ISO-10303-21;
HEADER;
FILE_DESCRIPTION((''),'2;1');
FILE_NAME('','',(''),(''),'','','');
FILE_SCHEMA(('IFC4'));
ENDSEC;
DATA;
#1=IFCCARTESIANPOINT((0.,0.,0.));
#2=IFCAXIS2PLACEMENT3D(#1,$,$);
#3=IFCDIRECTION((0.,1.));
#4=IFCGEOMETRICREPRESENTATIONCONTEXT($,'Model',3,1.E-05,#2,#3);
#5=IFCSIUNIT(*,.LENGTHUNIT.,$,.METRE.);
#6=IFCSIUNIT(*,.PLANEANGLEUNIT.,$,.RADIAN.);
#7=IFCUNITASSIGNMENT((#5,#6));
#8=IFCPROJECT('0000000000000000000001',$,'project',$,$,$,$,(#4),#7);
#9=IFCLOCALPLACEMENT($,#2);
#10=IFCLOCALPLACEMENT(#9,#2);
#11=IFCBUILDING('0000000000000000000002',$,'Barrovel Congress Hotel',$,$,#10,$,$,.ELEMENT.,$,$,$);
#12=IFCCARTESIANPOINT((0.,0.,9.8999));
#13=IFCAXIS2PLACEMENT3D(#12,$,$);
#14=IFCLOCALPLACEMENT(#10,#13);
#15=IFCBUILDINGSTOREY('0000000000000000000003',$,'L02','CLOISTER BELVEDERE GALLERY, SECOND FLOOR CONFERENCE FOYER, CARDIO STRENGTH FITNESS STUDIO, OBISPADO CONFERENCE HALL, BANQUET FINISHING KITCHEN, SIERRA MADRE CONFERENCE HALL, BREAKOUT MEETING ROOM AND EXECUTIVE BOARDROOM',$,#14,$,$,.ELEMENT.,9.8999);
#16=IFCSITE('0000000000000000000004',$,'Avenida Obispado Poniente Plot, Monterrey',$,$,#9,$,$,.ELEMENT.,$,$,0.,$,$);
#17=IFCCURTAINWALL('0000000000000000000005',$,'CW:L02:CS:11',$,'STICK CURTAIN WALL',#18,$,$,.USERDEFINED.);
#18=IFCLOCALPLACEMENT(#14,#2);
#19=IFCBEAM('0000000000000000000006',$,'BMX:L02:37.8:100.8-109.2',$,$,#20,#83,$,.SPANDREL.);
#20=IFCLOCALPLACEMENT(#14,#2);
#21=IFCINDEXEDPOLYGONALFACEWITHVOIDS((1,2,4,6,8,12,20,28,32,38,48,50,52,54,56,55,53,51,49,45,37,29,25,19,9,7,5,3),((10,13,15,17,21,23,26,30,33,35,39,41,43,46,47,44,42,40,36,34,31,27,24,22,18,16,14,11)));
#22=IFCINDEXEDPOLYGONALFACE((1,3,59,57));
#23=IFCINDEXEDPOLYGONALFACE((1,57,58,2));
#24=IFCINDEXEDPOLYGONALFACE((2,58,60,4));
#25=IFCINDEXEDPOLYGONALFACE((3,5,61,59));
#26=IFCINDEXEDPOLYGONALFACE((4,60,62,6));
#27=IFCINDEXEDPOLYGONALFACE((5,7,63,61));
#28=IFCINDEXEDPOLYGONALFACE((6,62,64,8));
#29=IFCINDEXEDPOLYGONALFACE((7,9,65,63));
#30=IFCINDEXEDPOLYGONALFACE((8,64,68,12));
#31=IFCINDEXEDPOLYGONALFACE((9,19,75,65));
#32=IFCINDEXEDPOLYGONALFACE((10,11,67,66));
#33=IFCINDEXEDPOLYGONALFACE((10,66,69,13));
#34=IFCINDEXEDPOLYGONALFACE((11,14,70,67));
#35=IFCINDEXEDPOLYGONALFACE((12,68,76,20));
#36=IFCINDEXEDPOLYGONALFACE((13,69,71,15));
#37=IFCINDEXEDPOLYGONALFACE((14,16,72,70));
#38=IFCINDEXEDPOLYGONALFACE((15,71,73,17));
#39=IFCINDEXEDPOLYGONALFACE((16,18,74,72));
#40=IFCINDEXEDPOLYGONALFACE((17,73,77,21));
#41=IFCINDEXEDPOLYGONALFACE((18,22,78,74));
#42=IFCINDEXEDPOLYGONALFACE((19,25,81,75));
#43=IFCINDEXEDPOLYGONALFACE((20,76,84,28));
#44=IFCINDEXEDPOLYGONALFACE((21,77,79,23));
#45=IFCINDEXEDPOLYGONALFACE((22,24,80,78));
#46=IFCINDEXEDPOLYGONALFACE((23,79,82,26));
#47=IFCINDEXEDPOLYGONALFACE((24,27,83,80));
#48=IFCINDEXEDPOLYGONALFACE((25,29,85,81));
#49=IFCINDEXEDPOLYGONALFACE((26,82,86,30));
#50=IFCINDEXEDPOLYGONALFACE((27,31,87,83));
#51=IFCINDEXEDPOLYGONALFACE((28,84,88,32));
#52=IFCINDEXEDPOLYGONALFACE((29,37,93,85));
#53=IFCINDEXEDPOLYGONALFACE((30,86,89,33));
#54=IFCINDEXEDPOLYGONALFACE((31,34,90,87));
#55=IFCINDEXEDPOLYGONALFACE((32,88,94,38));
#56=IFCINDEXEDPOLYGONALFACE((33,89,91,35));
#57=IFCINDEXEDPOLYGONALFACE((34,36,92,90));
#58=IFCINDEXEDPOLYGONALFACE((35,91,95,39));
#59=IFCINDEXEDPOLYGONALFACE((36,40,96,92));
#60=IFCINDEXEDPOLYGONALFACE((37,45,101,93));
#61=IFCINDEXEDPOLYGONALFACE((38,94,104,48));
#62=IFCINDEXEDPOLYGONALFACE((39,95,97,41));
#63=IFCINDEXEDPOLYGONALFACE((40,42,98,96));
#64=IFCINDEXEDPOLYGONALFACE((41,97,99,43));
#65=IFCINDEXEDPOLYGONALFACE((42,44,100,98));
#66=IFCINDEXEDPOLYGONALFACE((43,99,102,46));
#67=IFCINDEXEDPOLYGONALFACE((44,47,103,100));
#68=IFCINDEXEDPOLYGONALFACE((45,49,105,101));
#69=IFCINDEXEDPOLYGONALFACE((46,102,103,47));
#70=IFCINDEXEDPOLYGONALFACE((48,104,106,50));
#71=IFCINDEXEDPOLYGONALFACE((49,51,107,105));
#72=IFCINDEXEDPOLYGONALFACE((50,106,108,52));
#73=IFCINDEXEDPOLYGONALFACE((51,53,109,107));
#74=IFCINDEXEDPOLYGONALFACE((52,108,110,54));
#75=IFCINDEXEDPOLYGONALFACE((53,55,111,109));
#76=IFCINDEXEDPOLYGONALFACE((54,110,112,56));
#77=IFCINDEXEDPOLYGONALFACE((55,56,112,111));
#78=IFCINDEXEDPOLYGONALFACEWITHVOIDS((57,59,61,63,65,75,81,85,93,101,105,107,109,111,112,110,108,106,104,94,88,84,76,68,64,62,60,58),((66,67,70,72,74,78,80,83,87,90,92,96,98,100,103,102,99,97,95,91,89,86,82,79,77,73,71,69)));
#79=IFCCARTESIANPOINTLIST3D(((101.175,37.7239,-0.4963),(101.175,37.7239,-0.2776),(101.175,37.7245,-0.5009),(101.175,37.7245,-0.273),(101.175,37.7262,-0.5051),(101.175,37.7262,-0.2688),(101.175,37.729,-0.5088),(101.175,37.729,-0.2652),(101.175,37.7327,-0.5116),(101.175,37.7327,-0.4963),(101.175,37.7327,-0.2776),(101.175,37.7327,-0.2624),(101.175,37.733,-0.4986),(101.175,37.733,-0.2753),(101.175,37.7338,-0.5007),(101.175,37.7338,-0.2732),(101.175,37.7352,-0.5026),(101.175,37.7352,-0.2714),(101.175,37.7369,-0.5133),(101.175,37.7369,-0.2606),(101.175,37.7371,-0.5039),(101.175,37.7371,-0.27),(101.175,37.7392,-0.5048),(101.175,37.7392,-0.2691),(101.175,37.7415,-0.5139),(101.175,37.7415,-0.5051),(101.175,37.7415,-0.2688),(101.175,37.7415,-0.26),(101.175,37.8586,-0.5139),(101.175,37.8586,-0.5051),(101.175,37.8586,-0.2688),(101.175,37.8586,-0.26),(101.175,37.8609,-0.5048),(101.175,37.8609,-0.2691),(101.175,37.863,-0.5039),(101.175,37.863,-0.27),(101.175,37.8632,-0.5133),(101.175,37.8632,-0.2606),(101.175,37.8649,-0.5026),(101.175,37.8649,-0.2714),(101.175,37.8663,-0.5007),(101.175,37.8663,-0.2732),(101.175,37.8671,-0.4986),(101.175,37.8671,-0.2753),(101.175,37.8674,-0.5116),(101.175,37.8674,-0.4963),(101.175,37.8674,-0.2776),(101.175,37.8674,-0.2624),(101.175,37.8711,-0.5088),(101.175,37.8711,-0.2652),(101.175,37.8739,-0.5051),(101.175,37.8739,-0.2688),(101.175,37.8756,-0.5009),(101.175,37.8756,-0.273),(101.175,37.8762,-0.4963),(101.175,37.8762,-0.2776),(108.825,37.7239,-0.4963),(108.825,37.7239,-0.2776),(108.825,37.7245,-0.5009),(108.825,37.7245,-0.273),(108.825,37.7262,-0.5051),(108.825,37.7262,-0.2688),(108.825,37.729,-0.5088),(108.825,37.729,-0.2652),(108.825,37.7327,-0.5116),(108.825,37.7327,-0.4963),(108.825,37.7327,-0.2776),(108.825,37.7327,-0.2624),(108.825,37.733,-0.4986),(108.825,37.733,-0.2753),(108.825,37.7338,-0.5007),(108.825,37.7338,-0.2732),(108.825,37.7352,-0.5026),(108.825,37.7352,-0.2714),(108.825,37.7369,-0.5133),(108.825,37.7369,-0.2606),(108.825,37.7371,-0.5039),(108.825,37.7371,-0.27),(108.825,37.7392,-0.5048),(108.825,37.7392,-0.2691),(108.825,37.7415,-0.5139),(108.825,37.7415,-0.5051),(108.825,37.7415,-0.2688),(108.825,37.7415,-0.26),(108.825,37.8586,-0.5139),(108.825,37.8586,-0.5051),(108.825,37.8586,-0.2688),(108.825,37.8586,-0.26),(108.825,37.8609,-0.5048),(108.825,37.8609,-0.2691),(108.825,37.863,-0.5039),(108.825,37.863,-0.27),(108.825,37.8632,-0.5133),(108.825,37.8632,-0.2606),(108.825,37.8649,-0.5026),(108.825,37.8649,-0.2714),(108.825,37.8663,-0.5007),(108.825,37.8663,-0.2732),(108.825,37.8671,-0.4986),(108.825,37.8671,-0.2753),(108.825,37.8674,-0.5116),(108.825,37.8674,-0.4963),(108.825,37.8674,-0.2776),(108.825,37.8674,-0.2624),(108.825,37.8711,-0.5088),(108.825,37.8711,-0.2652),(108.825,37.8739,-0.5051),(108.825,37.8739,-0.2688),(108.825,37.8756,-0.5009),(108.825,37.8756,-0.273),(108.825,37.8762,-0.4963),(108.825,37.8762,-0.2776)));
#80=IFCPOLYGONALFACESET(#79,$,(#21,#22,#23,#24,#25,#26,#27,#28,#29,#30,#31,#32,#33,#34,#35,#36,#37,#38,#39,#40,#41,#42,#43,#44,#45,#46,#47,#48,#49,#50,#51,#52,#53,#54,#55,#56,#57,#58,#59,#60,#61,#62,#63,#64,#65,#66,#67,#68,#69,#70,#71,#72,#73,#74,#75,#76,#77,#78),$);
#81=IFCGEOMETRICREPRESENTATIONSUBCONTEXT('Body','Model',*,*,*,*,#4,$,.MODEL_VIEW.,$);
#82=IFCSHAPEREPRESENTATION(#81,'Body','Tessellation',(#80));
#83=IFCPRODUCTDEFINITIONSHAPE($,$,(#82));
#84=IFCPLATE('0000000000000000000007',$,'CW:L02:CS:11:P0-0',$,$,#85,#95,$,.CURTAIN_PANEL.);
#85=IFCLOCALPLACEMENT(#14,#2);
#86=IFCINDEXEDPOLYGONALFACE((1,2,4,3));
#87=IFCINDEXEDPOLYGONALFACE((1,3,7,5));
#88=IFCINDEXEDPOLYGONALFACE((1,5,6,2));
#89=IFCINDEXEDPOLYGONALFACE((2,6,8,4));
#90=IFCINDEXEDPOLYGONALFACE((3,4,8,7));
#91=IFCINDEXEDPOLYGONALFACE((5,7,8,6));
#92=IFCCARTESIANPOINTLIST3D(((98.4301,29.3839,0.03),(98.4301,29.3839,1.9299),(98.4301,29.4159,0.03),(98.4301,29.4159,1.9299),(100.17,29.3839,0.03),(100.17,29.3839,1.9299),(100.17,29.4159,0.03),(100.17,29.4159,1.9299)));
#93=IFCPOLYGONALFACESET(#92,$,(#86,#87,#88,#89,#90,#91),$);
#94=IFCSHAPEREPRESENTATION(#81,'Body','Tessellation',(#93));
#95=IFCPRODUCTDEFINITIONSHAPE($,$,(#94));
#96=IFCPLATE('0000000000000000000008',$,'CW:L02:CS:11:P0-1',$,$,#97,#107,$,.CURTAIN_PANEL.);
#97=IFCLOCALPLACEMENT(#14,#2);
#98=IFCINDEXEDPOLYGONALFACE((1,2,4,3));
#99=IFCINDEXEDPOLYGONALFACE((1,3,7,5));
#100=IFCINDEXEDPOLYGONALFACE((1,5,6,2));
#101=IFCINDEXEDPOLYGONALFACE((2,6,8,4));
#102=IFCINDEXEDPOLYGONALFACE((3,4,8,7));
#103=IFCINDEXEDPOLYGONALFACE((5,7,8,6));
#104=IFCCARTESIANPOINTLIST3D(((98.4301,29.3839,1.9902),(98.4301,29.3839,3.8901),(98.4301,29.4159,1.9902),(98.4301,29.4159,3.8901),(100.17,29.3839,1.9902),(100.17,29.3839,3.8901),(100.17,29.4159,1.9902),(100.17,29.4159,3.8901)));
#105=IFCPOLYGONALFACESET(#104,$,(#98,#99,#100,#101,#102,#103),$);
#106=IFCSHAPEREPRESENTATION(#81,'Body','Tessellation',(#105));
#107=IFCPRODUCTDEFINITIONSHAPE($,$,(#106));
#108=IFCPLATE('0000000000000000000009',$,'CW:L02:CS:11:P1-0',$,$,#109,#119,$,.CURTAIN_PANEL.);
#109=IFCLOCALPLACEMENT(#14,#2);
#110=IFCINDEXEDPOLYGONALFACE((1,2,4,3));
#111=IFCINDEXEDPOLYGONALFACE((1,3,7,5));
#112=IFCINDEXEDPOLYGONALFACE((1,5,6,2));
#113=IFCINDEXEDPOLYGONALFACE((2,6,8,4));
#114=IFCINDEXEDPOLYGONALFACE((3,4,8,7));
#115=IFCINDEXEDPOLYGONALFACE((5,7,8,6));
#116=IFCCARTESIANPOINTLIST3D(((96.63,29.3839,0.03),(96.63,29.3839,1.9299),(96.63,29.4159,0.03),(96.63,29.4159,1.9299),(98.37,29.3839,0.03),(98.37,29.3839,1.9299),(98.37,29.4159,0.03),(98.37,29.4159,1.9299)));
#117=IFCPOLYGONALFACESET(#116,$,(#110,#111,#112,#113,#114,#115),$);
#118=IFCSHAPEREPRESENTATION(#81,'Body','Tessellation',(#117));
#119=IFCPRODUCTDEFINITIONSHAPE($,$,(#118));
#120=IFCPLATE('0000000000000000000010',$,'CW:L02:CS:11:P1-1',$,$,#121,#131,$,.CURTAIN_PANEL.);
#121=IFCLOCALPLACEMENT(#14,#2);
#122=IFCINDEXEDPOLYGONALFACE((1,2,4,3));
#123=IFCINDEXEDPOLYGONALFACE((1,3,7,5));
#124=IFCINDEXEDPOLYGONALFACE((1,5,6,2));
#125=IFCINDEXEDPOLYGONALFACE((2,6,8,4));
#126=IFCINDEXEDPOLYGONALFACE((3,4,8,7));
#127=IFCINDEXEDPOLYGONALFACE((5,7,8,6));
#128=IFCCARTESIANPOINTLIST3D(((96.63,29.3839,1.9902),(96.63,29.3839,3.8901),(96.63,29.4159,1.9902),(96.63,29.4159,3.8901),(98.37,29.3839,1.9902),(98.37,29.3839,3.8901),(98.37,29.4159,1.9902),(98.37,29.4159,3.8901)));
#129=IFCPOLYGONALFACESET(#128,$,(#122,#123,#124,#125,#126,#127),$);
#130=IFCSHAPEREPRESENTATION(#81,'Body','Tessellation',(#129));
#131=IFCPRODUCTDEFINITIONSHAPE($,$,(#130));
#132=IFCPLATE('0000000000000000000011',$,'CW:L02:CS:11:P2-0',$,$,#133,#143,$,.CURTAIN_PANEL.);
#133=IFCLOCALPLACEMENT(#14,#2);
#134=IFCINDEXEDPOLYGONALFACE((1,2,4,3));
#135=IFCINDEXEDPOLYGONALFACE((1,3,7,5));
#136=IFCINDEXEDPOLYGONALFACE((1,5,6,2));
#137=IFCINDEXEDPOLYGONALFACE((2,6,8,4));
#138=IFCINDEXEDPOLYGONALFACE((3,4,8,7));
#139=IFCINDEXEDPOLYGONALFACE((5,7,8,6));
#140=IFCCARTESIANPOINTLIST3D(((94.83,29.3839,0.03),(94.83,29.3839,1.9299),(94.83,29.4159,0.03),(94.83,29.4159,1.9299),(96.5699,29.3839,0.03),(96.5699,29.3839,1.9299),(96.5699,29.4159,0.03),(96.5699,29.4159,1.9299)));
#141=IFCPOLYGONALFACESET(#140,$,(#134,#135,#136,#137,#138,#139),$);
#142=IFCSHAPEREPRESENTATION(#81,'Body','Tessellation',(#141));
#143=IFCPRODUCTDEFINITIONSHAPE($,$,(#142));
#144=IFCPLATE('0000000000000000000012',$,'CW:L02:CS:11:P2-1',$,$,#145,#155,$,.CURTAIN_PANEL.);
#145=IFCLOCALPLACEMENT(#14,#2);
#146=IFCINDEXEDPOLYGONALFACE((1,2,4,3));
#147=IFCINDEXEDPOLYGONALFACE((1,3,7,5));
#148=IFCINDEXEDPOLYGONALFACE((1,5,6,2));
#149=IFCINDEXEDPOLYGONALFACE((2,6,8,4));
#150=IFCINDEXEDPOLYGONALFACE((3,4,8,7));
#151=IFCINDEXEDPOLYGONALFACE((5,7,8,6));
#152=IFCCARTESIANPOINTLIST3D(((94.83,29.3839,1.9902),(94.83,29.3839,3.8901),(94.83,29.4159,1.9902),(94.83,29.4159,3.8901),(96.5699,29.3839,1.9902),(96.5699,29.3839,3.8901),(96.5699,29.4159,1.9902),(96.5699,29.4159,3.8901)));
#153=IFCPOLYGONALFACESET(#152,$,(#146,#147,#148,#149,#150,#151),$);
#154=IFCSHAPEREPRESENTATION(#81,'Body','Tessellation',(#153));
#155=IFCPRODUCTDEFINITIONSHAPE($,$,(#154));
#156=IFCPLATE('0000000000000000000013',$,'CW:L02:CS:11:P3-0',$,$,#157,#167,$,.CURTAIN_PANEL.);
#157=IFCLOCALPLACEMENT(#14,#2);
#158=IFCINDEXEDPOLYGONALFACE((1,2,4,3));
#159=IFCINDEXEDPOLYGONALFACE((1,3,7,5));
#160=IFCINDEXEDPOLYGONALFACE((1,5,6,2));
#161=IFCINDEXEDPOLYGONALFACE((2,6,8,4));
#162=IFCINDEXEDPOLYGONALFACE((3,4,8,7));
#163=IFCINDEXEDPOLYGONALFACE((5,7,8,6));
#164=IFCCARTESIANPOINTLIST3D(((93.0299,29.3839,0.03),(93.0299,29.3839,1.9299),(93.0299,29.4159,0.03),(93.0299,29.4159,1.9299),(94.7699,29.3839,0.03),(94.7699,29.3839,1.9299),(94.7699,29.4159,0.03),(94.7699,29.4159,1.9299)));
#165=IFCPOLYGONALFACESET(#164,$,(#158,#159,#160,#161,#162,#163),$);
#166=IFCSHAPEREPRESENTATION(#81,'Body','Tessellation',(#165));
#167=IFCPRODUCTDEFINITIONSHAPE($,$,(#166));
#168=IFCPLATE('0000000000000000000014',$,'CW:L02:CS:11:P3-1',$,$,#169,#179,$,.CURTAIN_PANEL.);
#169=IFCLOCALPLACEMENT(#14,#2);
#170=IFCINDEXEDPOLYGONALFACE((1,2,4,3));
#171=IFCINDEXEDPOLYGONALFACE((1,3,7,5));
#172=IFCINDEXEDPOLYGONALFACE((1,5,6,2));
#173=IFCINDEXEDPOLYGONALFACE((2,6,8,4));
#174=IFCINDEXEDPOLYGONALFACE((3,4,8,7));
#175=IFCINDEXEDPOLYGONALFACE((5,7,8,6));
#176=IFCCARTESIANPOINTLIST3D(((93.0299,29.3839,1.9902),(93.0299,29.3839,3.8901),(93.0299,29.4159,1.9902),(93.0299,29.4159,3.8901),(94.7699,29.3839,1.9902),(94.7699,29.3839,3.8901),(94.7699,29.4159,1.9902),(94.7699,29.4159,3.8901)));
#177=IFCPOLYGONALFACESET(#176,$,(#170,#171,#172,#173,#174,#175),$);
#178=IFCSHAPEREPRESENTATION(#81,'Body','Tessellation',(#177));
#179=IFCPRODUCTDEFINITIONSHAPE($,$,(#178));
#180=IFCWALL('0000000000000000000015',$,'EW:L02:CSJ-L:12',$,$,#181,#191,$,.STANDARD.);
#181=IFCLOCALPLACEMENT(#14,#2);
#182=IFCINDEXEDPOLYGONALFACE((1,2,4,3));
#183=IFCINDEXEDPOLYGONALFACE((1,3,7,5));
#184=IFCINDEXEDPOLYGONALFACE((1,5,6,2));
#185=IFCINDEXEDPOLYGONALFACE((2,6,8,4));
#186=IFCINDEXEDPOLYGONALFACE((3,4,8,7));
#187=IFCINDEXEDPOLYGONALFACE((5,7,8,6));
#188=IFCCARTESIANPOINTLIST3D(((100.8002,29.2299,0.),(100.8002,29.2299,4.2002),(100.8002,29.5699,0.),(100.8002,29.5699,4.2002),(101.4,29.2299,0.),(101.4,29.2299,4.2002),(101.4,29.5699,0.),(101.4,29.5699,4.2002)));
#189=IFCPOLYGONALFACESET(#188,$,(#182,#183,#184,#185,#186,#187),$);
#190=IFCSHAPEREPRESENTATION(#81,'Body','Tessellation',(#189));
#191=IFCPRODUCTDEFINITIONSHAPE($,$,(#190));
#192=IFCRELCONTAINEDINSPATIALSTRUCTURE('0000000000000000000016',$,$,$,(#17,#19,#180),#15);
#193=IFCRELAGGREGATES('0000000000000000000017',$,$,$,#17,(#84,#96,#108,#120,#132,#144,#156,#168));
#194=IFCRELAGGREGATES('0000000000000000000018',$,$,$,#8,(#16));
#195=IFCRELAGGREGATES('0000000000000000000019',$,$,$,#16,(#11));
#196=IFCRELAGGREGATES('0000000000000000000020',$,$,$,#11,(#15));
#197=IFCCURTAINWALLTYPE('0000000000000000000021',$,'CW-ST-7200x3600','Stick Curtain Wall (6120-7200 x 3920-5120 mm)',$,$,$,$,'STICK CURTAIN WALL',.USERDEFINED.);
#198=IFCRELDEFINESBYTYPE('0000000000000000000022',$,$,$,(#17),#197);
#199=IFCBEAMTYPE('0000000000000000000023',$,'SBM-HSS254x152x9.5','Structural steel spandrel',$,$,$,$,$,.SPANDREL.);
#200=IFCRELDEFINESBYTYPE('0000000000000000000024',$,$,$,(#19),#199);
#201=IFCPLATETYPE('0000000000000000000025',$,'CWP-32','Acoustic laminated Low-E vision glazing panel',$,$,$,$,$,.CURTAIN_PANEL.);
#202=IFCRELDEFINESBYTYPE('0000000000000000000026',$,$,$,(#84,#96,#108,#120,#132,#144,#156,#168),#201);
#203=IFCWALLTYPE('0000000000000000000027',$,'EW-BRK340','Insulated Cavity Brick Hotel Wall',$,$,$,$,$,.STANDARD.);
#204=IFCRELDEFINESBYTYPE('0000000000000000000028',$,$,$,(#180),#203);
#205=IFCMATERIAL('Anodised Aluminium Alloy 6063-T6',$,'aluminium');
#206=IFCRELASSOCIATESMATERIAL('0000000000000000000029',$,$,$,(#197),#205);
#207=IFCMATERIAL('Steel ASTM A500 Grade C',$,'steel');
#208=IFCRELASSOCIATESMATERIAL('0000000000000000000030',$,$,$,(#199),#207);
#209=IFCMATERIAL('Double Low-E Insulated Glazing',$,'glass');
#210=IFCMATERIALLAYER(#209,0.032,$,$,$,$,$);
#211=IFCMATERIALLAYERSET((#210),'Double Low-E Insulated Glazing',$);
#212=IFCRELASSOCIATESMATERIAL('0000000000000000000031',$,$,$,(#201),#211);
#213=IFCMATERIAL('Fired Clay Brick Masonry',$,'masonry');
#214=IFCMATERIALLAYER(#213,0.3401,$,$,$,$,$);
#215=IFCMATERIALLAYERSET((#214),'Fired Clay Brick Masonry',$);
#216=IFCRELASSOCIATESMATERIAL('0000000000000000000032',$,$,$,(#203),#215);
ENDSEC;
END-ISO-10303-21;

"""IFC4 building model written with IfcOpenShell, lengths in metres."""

from ifc_helpers import new_model, si_unit, direction, frame, frame_2d, origin, origin_2d, place, context, subcontext, project, spatial, rectangle, hollow_rectangle, extrude, material, layer, layer_set, material_profile, profile_set, type_object, element, aggregate, save


model = new_model("IFC4")

# Units and contexts
model_context = context("Model", 3, precision=1e-05, world=origin(), true_north=direction((0.0, 1.0)))
body_context = subcontext(model_context, "Body", "Model", "MODEL_VIEW")
ifc_project = project(units=[si_unit("LENGTHUNIT", "METRE"), si_unit("PLANEANGLEUNIT", "RADIAN")], contexts=[model_context])

# Site, building, storey
site_placement = place(None, origin())
site = spatial("IfcSite", under=ifc_project, at=site_placement, Name="Avenida Obispado Poniente Plot, Monterrey", CompositionType="ELEMENT", RefElevation=0.0)
building_placement = place(site_placement, origin())
building = spatial("IfcBuilding", under=site, at=building_placement, Name="Barrovel Congress Hotel", CompositionType="ELEMENT")
storey_placement = place(building_placement, frame((0.0, 0.0, 9.8999)))
storey = spatial("IfcBuildingStorey", under=building, at=storey_placement, Name="L02", Description="CLOISTER BELVEDERE GALLERY, SECOND FLOOR CONFERENCE FOYER, CARDIO STRENGTH FITNESS STUDIO, OBISPADO CONFERENCE HALL, BANQUET FINISHING KITCHEN, SIERRA MADRE CONFERENCE HALL, BREAKOUT MEETING ROOM AND EXECUTIVE BOARDROOM", CompositionType="ELEMENT", Elevation=9.8999)

# Curtain wall
ifc_material_1 = material(Name="Anodised Aluminium Alloy 6063-T6", Category="aluminium")
curtain_wall_type = type_object("IfcCurtainWallType", Name="CW-ST-7200x3600", Description="Stick Curtain Wall (6120-7200 x 3920-5120 mm)", ElementType="STICK CURTAIN WALL", PredefinedType="USERDEFINED", material=ifc_material_1)
curtain_wall_placement = place(storey_placement, origin())
curtain_wall = element("IfcCurtainWall", 1, at=curtain_wall_placement, inside=storey, type_object=curtain_wall_type, Name="CW:L02:CS:11", ObjectType="STICK CURTAIN WALL", PredefinedType="USERDEFINED")

# Beam
ifc_material_2 = material(Name="Steel ASTM A500 Grade C", Category="steel")
ifc_material_profile_1 = material_profile(ifc_material_2, hollow_rectangle(XDim=0.1523, YDim=0.2539, WallThickness=0.0088, InnerFilletRadius=0.0088, OuterFilletRadius=0.0176, at=origin_2d()), Name="HSS254x152x9.5")
ifc_profile_set_1 = profile_set([ifc_material_profile_1], Name="Steel ASTM A500 Grade C")
beam_type_1 = type_object("IfcBeamType", Name="SBM-HSS254x152x9.5", Description="Structural steel spandrel", PredefinedType="SPANDREL", material=ifc_profile_set_1)
beam_1_placement = place(storey_placement, frame((101.175, 37.8, -0.387), z_axis=(1.0, 0.0, 0.0), x_axis=(0.0, 1.0, 0.0)))
element("IfcBeam", 2, at=beam_1_placement, inside=storey, type_object=beam_type_1, Name="BMX:L02:37.8:100.8-109.2", PredefinedType="SPANDREL", context=body_context, shape_type="SweptSolid", body=[
    extrude(hollow_rectangle(XDim=0.1523, YDim=0.2539, WallThickness=0.0088, InnerFilletRadius=0.0088, OuterFilletRadius=0.0176, at=origin_2d()), origin(), (0.0, 0.0, 1.0), 7.6499),
])

# Plates
ifc_material_3 = material(Name="Double Low-E Insulated Glazing", Category="glass")
ifc_layer_1 = layer(ifc_material_3, 0.032)
ifc_layer_set_1 = layer_set([ifc_layer_1], Name="Double Low-E Insulated Glazing")
plate_type = type_object("IfcPlateType", Name="CWP-32", Description="Acoustic laminated Low-E vision glazing panel", PredefinedType="CURTAIN_PANEL", material=ifc_layer_set_1)
plate_1_placement = place(storey_placement, frame((99.3, 29.3999, 0.03), z_axis=(0.0, 0.0, 1.0), x_axis=(-1.0, 0.0, 0.0)))
plate_1 = element("IfcPlate", 3, at=plate_1_placement, type_object=plate_type, Name="CW:L02:CS:11:P0-0", PredefinedType="CURTAIN_PANEL", context=body_context, shape_type="SweptSolid", body=[
    extrude(rectangle(XDim=1.74, YDim=0.032, at=origin_2d()), origin(), (0.0, 0.0, 1.0), 1.8999),
])
plate_2_placement = place(storey_placement, frame((99.3, 29.3999, 1.9902), z_axis=(0.0, 0.0, 1.0), x_axis=(-1.0, 0.0, 0.0)))
plate_2 = element("IfcPlate", 4, at=plate_2_placement, type_object=plate_type, Name="CW:L02:CS:11:P0-1", PredefinedType="CURTAIN_PANEL", context=body_context, shape_type="SweptSolid", body=[
    extrude(rectangle(XDim=1.74, YDim=0.032, at=origin_2d()), origin(), (0.0, 0.0, 1.0), 1.8999),
])
plate_3_placement = place(storey_placement, frame((97.5, 29.3999, 0.03), z_axis=(0.0, 0.0, 1.0), x_axis=(-1.0, 0.0, 0.0)))
plate_3 = element("IfcPlate", 5, at=plate_3_placement, type_object=plate_type, Name="CW:L02:CS:11:P1-0", PredefinedType="CURTAIN_PANEL", context=body_context, shape_type="SweptSolid", body=[
    extrude(rectangle(XDim=1.74, YDim=0.032, at=origin_2d()), origin(), (0.0, 0.0, 1.0), 1.8999),
])
plate_4_placement = place(storey_placement, frame((97.5, 29.3999, 1.9902), z_axis=(0.0, 0.0, 1.0), x_axis=(-1.0, 0.0, 0.0)))
plate_4 = element("IfcPlate", 6, at=plate_4_placement, type_object=plate_type, Name="CW:L02:CS:11:P1-1", PredefinedType="CURTAIN_PANEL", context=body_context, shape_type="SweptSolid", body=[
    extrude(rectangle(XDim=1.74, YDim=0.032, at=origin_2d()), origin(), (0.0, 0.0, 1.0), 1.8999),
])
plate_5_placement = place(storey_placement, frame((95.7, 29.3999, 0.03), z_axis=(0.0, 0.0, 1.0), x_axis=(-1.0, 0.0, 0.0)))
plate_5 = element("IfcPlate", 7, at=plate_5_placement, type_object=plate_type, Name="CW:L02:CS:11:P2-0", PredefinedType="CURTAIN_PANEL", context=body_context, shape_type="SweptSolid", body=[
    extrude(rectangle(XDim=1.74, YDim=0.032, at=origin_2d()), origin(), (0.0, 0.0, 1.0), 1.8999),
])
plate_6_placement = place(storey_placement, frame((95.7, 29.3999, 1.9902), z_axis=(0.0, 0.0, 1.0), x_axis=(-1.0, 0.0, 0.0)))
plate_6 = element("IfcPlate", 8, at=plate_6_placement, type_object=plate_type, Name="CW:L02:CS:11:P2-1", PredefinedType="CURTAIN_PANEL", context=body_context, shape_type="SweptSolid", body=[
    extrude(rectangle(XDim=1.74, YDim=0.032, at=origin_2d()), origin(), (0.0, 0.0, 1.0), 1.8999),
])
plate_7_placement = place(storey_placement, frame((93.8999, 29.3999, 0.03), z_axis=(0.0, 0.0, 1.0), x_axis=(-1.0, 0.0, 0.0)))
plate_7 = element("IfcPlate", 9, at=plate_7_placement, type_object=plate_type, Name="CW:L02:CS:11:P3-0", PredefinedType="CURTAIN_PANEL", context=body_context, shape_type="SweptSolid", body=[
    extrude(rectangle(XDim=1.74, YDim=0.032, at=origin_2d()), origin(), (0.0, 0.0, 1.0), 1.8999),
])
plate_8_placement = place(storey_placement, frame((93.8999, 29.3999, 1.9902), z_axis=(0.0, 0.0, 1.0), x_axis=(-1.0, 0.0, 0.0)))
plate_8 = element("IfcPlate", 10, at=plate_8_placement, type_object=plate_type, Name="CW:L02:CS:11:P3-1", PredefinedType="CURTAIN_PANEL", context=body_context, shape_type="SweptSolid", body=[
    extrude(rectangle(XDim=1.74, YDim=0.032, at=origin_2d()), origin(), (0.0, 0.0, 1.0), 1.8999),
])
aggregate(curtain_wall, [plate_1, plate_2, plate_3, plate_4, plate_5, plate_6, plate_7, plate_8])

# Wall
ifc_material_4 = material(Name="Fired Clay Brick Masonry", Category="masonry")
ifc_layer_2 = layer(ifc_material_4, 0.3401)
ifc_layer_set_2 = layer_set([ifc_layer_2], Name="Fired Clay Brick Masonry")
wall_type = type_object("IfcWallType", Name="EW-BRK340", Description="Insulated Cavity Brick Hotel Wall", PredefinedType="STANDARD", material=ifc_layer_set_2)
wall_1_placement = place(storey_placement, frame((101.3999, 29.3999, 0.0), z_axis=(0.0, 0.0, 1.0), x_axis=(-1.0, 0.0, 0.0)))
element("IfcWall", 11, at=wall_1_placement, inside=storey, type_object=wall_type, Name="EW:L02:CSJ-L:12", PredefinedType="STANDARD", context=body_context, shape_type="SweptSolid", body=[
    extrude(rectangle(XDim=0.5999, YDim=0.3401, at=frame_2d((0.2998, 0.0))), origin(), (0.0, 0.0, 1.0), 4.2002),
])

save(model, "model.ifc")
